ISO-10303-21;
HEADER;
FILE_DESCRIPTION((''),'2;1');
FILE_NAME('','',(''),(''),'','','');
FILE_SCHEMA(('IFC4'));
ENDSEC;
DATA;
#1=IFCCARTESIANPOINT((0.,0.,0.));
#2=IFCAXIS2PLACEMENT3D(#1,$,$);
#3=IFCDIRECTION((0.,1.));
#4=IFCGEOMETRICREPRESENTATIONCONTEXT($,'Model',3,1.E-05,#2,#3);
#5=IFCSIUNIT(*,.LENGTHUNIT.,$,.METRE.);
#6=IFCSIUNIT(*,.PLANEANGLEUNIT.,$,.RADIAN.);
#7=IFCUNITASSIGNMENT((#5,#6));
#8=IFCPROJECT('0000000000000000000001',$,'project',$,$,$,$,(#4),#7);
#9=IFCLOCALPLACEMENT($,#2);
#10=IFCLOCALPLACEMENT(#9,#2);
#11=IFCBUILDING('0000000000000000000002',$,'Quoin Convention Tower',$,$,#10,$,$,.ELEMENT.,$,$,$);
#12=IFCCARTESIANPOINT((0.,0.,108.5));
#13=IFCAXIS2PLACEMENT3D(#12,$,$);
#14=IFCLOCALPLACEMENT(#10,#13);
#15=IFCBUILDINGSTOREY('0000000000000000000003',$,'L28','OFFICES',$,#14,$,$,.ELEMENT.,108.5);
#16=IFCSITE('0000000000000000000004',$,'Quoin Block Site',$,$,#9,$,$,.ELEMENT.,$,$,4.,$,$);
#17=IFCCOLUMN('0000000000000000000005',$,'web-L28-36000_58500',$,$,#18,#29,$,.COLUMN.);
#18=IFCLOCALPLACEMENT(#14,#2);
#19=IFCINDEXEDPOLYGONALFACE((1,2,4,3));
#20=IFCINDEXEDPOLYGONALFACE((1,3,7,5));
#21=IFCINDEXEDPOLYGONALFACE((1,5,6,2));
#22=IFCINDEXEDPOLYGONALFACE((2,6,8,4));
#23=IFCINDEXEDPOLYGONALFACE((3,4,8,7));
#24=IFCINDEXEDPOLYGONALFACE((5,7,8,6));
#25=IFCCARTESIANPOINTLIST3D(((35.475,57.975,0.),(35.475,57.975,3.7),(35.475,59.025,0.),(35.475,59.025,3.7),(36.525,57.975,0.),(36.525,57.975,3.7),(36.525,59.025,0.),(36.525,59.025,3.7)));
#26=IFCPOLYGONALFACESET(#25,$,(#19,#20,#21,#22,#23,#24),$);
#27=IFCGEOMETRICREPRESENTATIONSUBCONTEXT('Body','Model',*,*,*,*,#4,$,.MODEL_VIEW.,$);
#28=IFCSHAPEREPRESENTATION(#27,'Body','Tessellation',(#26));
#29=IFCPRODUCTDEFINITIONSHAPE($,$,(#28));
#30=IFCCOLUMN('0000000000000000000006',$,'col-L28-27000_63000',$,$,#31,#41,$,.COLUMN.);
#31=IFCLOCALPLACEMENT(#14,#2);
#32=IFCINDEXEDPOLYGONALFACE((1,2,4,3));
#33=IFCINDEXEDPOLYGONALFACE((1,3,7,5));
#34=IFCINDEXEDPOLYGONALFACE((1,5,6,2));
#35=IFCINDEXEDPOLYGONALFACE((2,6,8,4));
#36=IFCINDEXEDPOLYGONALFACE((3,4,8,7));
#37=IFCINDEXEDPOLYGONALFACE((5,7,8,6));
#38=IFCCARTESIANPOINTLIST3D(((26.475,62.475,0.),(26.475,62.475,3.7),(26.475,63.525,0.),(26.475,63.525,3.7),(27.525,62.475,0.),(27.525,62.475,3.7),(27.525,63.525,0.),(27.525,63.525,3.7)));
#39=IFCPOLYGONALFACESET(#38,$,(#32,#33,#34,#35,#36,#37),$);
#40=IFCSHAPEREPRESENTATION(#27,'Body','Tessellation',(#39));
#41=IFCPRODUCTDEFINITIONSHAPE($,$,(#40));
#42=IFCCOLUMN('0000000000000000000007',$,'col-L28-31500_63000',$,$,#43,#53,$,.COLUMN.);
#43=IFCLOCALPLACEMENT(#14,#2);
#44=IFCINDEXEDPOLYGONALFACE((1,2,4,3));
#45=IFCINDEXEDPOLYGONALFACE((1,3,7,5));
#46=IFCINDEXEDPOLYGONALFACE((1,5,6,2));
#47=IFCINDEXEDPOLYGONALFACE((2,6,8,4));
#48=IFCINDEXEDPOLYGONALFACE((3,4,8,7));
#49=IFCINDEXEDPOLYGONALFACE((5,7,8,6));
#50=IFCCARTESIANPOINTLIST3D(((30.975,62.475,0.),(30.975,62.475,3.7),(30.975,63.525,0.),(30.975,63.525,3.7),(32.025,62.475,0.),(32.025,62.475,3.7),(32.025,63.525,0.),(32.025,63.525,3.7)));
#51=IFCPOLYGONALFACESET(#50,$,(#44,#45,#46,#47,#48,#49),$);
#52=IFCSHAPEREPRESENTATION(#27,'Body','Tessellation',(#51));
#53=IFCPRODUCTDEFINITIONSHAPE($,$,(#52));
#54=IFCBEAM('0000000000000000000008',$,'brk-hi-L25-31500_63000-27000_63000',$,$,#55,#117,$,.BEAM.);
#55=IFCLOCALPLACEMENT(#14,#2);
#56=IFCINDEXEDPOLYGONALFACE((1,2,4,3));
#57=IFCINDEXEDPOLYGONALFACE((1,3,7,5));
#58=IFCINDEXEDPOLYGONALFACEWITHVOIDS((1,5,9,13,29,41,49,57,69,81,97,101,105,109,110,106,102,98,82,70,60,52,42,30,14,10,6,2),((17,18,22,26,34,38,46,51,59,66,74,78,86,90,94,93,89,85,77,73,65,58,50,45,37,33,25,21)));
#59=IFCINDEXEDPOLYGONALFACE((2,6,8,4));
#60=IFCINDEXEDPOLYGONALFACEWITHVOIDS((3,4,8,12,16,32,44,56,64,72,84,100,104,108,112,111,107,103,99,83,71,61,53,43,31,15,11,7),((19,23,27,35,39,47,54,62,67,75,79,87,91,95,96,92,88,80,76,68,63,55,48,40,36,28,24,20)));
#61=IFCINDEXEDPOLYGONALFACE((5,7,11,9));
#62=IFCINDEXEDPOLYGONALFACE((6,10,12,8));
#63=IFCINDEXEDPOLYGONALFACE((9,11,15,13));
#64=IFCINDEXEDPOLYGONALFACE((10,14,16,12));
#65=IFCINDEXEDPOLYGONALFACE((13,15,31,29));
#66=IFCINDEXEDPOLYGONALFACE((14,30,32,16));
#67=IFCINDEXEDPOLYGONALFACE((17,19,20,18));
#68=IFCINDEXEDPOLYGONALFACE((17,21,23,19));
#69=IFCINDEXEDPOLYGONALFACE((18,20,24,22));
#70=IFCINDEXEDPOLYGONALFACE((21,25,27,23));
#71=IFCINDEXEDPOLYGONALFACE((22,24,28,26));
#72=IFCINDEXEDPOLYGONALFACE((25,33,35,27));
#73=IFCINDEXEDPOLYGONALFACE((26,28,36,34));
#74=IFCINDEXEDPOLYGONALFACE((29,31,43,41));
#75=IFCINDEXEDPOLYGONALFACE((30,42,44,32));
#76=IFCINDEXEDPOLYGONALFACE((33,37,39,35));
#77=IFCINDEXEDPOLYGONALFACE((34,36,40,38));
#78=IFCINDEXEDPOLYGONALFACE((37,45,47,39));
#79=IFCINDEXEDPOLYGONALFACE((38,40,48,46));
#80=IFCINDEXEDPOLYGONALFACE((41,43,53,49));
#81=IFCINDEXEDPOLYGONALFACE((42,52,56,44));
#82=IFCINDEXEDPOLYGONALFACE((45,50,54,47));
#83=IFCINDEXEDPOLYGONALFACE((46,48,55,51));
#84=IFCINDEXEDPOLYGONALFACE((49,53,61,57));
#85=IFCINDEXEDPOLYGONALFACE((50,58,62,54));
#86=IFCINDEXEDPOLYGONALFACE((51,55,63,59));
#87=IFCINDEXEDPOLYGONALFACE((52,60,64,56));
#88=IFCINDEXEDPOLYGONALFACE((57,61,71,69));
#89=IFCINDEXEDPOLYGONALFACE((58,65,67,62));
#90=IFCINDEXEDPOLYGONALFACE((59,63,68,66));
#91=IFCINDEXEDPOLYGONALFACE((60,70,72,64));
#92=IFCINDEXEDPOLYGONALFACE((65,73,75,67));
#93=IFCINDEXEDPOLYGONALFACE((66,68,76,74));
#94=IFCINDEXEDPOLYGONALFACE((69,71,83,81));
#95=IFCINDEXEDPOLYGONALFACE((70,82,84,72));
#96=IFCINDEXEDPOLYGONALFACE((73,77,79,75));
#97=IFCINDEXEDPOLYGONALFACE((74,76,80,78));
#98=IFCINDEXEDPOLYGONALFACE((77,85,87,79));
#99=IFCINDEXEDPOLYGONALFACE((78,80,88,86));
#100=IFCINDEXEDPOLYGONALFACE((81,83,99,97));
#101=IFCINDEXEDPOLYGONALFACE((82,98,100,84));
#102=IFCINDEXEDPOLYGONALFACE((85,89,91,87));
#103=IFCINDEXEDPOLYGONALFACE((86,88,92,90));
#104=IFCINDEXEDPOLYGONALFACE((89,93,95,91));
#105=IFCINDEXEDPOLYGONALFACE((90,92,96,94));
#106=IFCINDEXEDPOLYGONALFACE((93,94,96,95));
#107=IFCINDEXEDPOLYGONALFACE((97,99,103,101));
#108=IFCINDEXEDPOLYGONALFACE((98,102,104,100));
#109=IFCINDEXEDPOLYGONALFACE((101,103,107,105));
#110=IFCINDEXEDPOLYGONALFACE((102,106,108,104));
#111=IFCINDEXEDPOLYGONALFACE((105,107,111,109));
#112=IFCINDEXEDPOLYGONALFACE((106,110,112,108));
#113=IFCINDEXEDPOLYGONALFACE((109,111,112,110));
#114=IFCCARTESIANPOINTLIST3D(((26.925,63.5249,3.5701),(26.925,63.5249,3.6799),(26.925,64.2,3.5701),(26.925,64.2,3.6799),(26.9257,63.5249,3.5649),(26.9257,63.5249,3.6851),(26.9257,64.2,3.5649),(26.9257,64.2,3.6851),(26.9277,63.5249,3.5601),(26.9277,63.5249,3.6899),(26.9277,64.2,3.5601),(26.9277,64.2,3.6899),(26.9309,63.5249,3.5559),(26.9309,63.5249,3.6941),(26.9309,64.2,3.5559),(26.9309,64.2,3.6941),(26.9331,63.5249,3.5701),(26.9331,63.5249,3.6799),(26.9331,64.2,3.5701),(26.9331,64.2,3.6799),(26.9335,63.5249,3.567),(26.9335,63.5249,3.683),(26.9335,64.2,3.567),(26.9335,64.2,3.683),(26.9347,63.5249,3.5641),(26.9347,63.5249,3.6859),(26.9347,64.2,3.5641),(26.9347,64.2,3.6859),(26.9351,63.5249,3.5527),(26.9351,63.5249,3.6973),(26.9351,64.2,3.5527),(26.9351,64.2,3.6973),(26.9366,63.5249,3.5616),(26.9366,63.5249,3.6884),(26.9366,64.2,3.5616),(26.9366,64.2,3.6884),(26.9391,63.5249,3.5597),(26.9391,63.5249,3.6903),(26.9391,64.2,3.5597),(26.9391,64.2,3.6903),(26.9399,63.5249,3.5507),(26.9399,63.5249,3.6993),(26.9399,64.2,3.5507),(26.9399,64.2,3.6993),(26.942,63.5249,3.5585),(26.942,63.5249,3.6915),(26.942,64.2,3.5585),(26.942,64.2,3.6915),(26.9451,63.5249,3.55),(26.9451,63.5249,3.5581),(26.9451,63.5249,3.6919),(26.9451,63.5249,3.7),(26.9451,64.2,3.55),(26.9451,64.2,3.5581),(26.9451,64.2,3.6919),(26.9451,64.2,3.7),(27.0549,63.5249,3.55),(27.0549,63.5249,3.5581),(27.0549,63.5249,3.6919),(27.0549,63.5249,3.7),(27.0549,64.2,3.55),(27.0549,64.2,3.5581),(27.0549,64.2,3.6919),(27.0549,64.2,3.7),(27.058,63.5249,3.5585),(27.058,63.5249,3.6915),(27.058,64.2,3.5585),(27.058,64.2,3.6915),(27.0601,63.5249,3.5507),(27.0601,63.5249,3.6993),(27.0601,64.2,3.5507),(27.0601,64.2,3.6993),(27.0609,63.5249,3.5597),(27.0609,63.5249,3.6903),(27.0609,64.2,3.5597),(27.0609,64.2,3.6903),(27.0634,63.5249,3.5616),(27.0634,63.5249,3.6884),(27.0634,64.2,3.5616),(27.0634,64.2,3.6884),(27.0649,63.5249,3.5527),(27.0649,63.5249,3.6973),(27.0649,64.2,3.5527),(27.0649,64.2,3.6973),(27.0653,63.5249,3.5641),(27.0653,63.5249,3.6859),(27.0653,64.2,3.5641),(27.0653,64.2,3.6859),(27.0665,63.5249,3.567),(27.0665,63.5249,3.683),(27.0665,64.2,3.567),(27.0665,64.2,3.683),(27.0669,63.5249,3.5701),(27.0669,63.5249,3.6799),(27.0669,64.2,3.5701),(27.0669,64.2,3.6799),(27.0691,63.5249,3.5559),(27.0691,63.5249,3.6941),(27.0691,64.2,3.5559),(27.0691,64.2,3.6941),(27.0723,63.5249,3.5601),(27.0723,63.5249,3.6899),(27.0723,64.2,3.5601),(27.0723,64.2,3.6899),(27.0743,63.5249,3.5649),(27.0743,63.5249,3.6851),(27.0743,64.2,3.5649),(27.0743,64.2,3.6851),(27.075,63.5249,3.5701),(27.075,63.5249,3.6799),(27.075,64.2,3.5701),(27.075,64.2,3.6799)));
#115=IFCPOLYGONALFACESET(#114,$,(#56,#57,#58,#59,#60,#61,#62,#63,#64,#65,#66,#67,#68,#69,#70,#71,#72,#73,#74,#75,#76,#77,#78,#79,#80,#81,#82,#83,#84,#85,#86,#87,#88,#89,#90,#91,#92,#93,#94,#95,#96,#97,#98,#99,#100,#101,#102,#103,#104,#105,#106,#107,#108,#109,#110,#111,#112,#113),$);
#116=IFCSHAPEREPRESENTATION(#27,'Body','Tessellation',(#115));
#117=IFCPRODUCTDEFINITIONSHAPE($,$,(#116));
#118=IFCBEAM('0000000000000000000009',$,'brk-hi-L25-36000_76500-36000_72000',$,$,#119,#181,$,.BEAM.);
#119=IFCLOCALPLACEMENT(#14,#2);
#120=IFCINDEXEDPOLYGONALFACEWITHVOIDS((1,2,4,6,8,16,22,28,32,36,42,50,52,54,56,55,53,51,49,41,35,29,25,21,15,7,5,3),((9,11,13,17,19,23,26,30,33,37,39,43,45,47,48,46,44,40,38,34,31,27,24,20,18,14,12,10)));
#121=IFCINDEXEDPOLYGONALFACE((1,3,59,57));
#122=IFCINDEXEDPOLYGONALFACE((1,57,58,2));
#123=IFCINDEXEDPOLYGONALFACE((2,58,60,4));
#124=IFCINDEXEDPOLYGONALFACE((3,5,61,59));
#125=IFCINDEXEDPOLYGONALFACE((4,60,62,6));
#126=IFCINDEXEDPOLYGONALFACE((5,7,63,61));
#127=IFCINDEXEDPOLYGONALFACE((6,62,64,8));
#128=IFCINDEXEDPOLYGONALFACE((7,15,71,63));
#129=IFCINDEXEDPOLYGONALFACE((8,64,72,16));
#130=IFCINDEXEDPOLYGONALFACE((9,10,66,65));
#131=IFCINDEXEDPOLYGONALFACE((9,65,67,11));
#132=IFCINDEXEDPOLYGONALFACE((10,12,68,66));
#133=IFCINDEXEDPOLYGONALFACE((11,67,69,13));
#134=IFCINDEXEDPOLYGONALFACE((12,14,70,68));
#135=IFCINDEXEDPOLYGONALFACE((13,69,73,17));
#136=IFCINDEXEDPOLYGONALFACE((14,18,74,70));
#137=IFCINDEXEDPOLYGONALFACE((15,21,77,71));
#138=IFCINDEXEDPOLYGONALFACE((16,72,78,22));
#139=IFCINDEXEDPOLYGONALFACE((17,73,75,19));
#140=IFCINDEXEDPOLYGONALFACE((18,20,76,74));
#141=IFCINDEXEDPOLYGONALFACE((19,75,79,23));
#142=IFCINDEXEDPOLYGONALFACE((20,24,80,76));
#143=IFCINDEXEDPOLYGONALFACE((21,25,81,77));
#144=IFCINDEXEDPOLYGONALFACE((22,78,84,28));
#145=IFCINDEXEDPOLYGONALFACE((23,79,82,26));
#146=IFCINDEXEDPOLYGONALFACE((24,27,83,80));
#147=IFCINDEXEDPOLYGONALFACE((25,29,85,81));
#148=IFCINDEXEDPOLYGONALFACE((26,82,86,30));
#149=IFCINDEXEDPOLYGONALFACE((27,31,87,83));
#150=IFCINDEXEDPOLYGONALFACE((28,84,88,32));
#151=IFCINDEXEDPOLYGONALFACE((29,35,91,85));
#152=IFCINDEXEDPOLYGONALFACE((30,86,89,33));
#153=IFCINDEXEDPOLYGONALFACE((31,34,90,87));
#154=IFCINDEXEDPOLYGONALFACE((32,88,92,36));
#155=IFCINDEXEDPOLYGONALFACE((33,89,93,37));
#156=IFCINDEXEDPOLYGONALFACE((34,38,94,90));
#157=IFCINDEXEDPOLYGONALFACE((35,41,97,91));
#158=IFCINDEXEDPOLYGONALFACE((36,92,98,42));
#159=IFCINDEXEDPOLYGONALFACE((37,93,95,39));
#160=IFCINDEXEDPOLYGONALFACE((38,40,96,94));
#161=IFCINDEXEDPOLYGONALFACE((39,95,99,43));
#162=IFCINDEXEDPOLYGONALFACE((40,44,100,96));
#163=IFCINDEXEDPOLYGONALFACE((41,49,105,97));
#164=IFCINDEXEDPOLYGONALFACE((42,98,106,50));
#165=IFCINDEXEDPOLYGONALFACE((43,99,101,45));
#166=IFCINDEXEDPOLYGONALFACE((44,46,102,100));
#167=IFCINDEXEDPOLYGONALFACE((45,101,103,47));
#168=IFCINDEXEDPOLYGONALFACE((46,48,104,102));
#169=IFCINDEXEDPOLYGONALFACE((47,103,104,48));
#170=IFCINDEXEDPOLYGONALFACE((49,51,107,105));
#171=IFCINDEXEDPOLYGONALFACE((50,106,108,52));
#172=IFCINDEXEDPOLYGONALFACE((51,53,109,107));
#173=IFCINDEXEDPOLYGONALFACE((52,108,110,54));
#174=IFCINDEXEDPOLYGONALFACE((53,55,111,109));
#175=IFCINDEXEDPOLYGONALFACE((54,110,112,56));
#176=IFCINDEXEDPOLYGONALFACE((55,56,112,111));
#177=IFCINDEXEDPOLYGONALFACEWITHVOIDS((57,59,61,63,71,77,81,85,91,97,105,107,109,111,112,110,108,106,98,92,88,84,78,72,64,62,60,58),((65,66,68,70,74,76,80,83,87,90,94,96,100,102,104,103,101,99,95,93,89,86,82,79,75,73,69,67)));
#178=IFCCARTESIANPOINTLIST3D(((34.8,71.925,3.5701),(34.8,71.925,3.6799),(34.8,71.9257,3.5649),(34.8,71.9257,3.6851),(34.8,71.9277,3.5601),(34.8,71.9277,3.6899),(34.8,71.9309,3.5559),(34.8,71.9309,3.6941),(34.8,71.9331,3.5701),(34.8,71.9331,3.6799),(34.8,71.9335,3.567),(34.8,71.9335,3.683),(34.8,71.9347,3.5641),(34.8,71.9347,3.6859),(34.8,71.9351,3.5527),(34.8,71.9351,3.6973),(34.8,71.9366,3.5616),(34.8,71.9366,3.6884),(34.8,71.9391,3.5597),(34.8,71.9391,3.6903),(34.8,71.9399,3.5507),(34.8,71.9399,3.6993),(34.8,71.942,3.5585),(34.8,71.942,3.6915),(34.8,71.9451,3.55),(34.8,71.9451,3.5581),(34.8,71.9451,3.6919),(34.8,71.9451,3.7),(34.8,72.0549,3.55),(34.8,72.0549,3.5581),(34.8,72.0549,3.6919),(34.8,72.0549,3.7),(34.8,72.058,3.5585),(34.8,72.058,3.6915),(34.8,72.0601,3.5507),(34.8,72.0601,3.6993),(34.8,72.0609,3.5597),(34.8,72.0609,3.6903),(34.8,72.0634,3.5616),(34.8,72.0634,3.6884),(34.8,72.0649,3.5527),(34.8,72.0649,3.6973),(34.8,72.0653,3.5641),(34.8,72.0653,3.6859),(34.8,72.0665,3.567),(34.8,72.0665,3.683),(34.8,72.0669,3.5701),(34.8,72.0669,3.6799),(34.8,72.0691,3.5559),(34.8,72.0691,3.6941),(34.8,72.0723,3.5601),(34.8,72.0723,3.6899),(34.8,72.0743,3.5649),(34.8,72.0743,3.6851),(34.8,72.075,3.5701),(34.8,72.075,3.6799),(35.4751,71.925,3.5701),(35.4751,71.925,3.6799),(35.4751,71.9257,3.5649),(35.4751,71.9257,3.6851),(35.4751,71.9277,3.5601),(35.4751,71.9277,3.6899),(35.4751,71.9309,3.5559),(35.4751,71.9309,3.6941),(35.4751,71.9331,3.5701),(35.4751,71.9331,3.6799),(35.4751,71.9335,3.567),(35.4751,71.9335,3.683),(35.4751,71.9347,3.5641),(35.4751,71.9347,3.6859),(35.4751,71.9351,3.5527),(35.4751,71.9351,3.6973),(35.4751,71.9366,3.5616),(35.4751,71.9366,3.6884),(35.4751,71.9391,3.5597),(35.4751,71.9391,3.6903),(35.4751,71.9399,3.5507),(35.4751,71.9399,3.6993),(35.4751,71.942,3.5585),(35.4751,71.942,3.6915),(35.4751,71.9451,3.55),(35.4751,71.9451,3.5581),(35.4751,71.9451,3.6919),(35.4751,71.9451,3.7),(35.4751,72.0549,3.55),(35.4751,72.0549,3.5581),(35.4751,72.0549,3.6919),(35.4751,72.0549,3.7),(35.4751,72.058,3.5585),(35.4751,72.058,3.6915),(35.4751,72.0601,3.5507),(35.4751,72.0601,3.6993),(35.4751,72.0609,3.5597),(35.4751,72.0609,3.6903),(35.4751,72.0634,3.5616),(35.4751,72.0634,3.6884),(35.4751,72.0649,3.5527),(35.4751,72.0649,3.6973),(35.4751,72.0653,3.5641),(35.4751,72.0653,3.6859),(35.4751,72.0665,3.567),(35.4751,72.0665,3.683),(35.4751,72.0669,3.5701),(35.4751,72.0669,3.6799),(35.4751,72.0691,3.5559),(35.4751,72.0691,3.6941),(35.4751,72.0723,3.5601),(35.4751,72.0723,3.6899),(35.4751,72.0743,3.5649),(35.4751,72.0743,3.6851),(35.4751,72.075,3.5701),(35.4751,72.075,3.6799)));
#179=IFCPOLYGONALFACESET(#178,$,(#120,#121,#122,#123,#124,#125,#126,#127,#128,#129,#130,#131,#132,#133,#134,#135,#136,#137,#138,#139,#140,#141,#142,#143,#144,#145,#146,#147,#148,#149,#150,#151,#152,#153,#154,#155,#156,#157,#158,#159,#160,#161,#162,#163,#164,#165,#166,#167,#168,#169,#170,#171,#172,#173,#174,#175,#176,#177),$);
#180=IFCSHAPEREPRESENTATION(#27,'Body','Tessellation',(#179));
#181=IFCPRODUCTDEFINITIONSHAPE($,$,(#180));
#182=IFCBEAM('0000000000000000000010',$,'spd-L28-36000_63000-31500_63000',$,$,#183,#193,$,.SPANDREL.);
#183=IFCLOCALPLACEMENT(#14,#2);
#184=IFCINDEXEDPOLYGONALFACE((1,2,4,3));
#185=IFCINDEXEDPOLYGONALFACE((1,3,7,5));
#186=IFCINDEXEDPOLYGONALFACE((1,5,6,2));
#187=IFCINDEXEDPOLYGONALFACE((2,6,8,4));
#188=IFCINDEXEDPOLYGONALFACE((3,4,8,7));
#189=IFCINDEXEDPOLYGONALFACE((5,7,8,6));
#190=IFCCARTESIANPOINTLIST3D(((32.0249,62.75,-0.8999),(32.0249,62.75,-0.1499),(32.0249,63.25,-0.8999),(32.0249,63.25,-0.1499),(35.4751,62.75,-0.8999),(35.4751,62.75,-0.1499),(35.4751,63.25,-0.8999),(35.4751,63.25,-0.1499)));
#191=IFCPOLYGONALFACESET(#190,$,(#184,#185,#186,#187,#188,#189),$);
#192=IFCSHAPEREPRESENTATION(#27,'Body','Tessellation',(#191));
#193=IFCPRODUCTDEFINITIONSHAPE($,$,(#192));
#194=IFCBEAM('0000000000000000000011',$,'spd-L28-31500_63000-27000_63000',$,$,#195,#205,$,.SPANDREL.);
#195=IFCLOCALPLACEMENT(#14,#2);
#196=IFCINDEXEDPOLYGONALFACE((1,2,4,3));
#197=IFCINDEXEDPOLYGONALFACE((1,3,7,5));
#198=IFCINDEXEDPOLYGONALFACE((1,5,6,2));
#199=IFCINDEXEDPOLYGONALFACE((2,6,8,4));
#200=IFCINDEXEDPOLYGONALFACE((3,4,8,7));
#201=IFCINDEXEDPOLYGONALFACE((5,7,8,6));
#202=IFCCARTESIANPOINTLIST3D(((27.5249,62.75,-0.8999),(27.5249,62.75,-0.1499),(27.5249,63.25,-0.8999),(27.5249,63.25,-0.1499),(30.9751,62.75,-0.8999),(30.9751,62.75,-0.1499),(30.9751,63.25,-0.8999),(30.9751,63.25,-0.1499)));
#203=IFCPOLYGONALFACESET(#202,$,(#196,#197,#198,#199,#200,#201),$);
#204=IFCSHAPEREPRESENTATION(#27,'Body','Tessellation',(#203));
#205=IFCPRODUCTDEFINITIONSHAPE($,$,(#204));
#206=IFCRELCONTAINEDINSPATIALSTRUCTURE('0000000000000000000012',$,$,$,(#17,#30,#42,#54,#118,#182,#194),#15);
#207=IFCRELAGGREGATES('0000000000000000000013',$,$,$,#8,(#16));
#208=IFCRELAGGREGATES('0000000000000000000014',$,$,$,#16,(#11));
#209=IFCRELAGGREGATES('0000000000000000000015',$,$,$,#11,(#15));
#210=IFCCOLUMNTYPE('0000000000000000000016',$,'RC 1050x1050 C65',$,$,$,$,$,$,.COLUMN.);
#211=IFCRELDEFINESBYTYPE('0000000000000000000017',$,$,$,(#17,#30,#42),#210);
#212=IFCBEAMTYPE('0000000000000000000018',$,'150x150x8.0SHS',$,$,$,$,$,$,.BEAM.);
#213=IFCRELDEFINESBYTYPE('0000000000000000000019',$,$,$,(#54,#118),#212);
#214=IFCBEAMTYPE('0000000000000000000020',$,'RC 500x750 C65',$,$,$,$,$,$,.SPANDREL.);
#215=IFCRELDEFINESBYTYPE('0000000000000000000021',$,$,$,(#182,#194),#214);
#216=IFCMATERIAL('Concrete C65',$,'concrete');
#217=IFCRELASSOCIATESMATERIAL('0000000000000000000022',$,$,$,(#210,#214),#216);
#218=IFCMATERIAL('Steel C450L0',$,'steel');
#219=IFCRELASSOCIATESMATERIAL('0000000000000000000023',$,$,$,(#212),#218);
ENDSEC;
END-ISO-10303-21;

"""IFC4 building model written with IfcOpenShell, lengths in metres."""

from ifc_helpers import new_model, si_unit, direction, frame, origin, origin_2d, place, context, subcontext, project, spatial, rectangle, hollow_rectangle, extrude, material, material_profile, profile_set, type_object, element, save


model = new_model("IFC4")

# Units and contexts
model_context = context("Model", 3, precision=1e-05, world=origin(), true_north=direction((0.0, 1.0)))
body_context = subcontext(model_context, "Body", "Model", "MODEL_VIEW")
ifc_project = project(units=[si_unit("LENGTHUNIT", "METRE"), si_unit("PLANEANGLEUNIT", "RADIAN")], contexts=[model_context])

# Site, building, storey
site_placement = place(None, origin())
site = spatial("IfcSite", under=ifc_project, at=site_placement, Name="Quoin Block Site", CompositionType="ELEMENT", RefElevation=4.0)
building_placement = place(site_placement, origin())
building = spatial("IfcBuilding", under=site, at=building_placement, Name="Quoin Convention Tower", CompositionType="ELEMENT")
storey_placement = place(building_placement, frame((0.0, 0.0, 108.5)))
storey = spatial("IfcBuildingStorey", under=building, at=storey_placement, Name="L28", Description="OFFICES", CompositionType="ELEMENT", Elevation=108.5)

# Columns
ifc_material_1 = material(Name="Concrete C65", Category="concrete")
ifc_material_profile_1 = material_profile(ifc_material_1, rectangle(XDim=1.05, YDim=1.05, at=origin_2d()), Name="RC 1050x1050")
ifc_profile_set_1 = profile_set([ifc_material_profile_1], Name="Concrete C65")
column_type = type_object("IfcColumnType", Name="RC 1050x1050 C65", PredefinedType="COLUMN", material=ifc_profile_set_1)
for number, where, z_axis, x_axis, name in (
    (1, (36.0, 58.5, 0.0), (0.0, 0.0, 1.0), (1.0, 0.0, 0.0), "web-L28-36000_58500"),
    (2, (27.0, 63.0, 0.0), (0.0, 0.0, 1.0), (1.0, 0.0, 0.0), "col-L28-27000_63000"),
    (3, (31.5, 63.0, 0.0), (0.0, 0.0, 1.0), (1.0, 0.0, 0.0), "col-L28-31500_63000"),
):
    element("IfcColumn", number, at=place(storey_placement, frame(where, z_axis=z_axis, x_axis=x_axis)), inside=storey, type_object=column_type, Name=name, PredefinedType="COLUMN", context=body_context, shape_type="SweptSolid", body=[
        extrude(rectangle(XDim=1.05, YDim=1.05, at=origin_2d()), origin(), (0.0, 0.0, 1.0), 3.7),
    ])

# Beams
ifc_material_2 = material(Name="Steel C450L0", Category="steel")
ifc_material_profile_2 = material_profile(ifc_material_2, hollow_rectangle(XDim=0.1499, YDim=0.1499, WallThickness=0.0081, InnerFilletRadius=0.012, OuterFilletRadius=0.02, at=origin_2d()), Name="150x150x8.0SHS")
ifc_profile_set_2 = profile_set([ifc_material_profile_2], Name="Steel C450L0")
beam_type_1 = type_object("IfcBeamType", Name="150x150x8.0SHS", PredefinedType="BEAM", material=ifc_profile_set_2)
for number, where, z_axis, x_axis, name in (
    (4, (27.0, 63.5249, 3.625), (0.0, 1.0, 0.0), (-1.0, 0.0, 0.0), "brk-hi-L25-31500_63000-27000_63000"),
    (5, (35.4751, 72.0, 3.625), (-1.0, 0.0, 0.0), (0.0, -1.0, 0.0), "brk-hi-L25-36000_76500-36000_72000"),
):
    element("IfcBeam", number, at=place(storey_placement, frame(where, z_axis=z_axis, x_axis=x_axis)), inside=storey, type_object=beam_type_1, Name=name, PredefinedType="BEAM", context=body_context, shape_type="SweptSolid", body=[
        extrude(hollow_rectangle(XDim=0.1499, YDim=0.1499, WallThickness=0.0081, InnerFilletRadius=0.012, OuterFilletRadius=0.02, at=origin_2d()), origin(), (0.0, 0.0, 1.0), 0.675),
    ])
ifc_material_profile_3 = material_profile(ifc_material_1, rectangle(XDim=0.5, YDim=0.75, at=origin_2d()), Name="RC 500x750")
ifc_profile_set_3 = profile_set([ifc_material_profile_3], Name="Concrete C65")
beam_type_2 = type_object("IfcBeamType", Name="RC 500x750 C65", PredefinedType="SPANDREL", material=ifc_profile_set_3)
for number, where, z_axis, x_axis, name in (
    (6, (35.4751, 63.0, -0.5249), (-1.0, 0.0, 0.0), (0.0, -1.0, 0.0), "spd-L28-36000_63000-31500_63000"),
    (7, (30.9751, 63.0, -0.5249), (-1.0, 0.0, 0.0), (0.0, -1.0, 0.0), "spd-L28-31500_63000-27000_63000"),
):
    element("IfcBeam", number, at=place(storey_placement, frame(where, z_axis=z_axis, x_axis=x_axis)), inside=storey, type_object=beam_type_2, Name=name, PredefinedType="SPANDREL", context=body_context, shape_type="SweptSolid", body=[
        extrude(rectangle(XDim=0.5, YDim=0.75, at=origin_2d()), origin(), (0.0, 0.0, 1.0), 3.4502),
    ])

save(model, "model.ifc")
